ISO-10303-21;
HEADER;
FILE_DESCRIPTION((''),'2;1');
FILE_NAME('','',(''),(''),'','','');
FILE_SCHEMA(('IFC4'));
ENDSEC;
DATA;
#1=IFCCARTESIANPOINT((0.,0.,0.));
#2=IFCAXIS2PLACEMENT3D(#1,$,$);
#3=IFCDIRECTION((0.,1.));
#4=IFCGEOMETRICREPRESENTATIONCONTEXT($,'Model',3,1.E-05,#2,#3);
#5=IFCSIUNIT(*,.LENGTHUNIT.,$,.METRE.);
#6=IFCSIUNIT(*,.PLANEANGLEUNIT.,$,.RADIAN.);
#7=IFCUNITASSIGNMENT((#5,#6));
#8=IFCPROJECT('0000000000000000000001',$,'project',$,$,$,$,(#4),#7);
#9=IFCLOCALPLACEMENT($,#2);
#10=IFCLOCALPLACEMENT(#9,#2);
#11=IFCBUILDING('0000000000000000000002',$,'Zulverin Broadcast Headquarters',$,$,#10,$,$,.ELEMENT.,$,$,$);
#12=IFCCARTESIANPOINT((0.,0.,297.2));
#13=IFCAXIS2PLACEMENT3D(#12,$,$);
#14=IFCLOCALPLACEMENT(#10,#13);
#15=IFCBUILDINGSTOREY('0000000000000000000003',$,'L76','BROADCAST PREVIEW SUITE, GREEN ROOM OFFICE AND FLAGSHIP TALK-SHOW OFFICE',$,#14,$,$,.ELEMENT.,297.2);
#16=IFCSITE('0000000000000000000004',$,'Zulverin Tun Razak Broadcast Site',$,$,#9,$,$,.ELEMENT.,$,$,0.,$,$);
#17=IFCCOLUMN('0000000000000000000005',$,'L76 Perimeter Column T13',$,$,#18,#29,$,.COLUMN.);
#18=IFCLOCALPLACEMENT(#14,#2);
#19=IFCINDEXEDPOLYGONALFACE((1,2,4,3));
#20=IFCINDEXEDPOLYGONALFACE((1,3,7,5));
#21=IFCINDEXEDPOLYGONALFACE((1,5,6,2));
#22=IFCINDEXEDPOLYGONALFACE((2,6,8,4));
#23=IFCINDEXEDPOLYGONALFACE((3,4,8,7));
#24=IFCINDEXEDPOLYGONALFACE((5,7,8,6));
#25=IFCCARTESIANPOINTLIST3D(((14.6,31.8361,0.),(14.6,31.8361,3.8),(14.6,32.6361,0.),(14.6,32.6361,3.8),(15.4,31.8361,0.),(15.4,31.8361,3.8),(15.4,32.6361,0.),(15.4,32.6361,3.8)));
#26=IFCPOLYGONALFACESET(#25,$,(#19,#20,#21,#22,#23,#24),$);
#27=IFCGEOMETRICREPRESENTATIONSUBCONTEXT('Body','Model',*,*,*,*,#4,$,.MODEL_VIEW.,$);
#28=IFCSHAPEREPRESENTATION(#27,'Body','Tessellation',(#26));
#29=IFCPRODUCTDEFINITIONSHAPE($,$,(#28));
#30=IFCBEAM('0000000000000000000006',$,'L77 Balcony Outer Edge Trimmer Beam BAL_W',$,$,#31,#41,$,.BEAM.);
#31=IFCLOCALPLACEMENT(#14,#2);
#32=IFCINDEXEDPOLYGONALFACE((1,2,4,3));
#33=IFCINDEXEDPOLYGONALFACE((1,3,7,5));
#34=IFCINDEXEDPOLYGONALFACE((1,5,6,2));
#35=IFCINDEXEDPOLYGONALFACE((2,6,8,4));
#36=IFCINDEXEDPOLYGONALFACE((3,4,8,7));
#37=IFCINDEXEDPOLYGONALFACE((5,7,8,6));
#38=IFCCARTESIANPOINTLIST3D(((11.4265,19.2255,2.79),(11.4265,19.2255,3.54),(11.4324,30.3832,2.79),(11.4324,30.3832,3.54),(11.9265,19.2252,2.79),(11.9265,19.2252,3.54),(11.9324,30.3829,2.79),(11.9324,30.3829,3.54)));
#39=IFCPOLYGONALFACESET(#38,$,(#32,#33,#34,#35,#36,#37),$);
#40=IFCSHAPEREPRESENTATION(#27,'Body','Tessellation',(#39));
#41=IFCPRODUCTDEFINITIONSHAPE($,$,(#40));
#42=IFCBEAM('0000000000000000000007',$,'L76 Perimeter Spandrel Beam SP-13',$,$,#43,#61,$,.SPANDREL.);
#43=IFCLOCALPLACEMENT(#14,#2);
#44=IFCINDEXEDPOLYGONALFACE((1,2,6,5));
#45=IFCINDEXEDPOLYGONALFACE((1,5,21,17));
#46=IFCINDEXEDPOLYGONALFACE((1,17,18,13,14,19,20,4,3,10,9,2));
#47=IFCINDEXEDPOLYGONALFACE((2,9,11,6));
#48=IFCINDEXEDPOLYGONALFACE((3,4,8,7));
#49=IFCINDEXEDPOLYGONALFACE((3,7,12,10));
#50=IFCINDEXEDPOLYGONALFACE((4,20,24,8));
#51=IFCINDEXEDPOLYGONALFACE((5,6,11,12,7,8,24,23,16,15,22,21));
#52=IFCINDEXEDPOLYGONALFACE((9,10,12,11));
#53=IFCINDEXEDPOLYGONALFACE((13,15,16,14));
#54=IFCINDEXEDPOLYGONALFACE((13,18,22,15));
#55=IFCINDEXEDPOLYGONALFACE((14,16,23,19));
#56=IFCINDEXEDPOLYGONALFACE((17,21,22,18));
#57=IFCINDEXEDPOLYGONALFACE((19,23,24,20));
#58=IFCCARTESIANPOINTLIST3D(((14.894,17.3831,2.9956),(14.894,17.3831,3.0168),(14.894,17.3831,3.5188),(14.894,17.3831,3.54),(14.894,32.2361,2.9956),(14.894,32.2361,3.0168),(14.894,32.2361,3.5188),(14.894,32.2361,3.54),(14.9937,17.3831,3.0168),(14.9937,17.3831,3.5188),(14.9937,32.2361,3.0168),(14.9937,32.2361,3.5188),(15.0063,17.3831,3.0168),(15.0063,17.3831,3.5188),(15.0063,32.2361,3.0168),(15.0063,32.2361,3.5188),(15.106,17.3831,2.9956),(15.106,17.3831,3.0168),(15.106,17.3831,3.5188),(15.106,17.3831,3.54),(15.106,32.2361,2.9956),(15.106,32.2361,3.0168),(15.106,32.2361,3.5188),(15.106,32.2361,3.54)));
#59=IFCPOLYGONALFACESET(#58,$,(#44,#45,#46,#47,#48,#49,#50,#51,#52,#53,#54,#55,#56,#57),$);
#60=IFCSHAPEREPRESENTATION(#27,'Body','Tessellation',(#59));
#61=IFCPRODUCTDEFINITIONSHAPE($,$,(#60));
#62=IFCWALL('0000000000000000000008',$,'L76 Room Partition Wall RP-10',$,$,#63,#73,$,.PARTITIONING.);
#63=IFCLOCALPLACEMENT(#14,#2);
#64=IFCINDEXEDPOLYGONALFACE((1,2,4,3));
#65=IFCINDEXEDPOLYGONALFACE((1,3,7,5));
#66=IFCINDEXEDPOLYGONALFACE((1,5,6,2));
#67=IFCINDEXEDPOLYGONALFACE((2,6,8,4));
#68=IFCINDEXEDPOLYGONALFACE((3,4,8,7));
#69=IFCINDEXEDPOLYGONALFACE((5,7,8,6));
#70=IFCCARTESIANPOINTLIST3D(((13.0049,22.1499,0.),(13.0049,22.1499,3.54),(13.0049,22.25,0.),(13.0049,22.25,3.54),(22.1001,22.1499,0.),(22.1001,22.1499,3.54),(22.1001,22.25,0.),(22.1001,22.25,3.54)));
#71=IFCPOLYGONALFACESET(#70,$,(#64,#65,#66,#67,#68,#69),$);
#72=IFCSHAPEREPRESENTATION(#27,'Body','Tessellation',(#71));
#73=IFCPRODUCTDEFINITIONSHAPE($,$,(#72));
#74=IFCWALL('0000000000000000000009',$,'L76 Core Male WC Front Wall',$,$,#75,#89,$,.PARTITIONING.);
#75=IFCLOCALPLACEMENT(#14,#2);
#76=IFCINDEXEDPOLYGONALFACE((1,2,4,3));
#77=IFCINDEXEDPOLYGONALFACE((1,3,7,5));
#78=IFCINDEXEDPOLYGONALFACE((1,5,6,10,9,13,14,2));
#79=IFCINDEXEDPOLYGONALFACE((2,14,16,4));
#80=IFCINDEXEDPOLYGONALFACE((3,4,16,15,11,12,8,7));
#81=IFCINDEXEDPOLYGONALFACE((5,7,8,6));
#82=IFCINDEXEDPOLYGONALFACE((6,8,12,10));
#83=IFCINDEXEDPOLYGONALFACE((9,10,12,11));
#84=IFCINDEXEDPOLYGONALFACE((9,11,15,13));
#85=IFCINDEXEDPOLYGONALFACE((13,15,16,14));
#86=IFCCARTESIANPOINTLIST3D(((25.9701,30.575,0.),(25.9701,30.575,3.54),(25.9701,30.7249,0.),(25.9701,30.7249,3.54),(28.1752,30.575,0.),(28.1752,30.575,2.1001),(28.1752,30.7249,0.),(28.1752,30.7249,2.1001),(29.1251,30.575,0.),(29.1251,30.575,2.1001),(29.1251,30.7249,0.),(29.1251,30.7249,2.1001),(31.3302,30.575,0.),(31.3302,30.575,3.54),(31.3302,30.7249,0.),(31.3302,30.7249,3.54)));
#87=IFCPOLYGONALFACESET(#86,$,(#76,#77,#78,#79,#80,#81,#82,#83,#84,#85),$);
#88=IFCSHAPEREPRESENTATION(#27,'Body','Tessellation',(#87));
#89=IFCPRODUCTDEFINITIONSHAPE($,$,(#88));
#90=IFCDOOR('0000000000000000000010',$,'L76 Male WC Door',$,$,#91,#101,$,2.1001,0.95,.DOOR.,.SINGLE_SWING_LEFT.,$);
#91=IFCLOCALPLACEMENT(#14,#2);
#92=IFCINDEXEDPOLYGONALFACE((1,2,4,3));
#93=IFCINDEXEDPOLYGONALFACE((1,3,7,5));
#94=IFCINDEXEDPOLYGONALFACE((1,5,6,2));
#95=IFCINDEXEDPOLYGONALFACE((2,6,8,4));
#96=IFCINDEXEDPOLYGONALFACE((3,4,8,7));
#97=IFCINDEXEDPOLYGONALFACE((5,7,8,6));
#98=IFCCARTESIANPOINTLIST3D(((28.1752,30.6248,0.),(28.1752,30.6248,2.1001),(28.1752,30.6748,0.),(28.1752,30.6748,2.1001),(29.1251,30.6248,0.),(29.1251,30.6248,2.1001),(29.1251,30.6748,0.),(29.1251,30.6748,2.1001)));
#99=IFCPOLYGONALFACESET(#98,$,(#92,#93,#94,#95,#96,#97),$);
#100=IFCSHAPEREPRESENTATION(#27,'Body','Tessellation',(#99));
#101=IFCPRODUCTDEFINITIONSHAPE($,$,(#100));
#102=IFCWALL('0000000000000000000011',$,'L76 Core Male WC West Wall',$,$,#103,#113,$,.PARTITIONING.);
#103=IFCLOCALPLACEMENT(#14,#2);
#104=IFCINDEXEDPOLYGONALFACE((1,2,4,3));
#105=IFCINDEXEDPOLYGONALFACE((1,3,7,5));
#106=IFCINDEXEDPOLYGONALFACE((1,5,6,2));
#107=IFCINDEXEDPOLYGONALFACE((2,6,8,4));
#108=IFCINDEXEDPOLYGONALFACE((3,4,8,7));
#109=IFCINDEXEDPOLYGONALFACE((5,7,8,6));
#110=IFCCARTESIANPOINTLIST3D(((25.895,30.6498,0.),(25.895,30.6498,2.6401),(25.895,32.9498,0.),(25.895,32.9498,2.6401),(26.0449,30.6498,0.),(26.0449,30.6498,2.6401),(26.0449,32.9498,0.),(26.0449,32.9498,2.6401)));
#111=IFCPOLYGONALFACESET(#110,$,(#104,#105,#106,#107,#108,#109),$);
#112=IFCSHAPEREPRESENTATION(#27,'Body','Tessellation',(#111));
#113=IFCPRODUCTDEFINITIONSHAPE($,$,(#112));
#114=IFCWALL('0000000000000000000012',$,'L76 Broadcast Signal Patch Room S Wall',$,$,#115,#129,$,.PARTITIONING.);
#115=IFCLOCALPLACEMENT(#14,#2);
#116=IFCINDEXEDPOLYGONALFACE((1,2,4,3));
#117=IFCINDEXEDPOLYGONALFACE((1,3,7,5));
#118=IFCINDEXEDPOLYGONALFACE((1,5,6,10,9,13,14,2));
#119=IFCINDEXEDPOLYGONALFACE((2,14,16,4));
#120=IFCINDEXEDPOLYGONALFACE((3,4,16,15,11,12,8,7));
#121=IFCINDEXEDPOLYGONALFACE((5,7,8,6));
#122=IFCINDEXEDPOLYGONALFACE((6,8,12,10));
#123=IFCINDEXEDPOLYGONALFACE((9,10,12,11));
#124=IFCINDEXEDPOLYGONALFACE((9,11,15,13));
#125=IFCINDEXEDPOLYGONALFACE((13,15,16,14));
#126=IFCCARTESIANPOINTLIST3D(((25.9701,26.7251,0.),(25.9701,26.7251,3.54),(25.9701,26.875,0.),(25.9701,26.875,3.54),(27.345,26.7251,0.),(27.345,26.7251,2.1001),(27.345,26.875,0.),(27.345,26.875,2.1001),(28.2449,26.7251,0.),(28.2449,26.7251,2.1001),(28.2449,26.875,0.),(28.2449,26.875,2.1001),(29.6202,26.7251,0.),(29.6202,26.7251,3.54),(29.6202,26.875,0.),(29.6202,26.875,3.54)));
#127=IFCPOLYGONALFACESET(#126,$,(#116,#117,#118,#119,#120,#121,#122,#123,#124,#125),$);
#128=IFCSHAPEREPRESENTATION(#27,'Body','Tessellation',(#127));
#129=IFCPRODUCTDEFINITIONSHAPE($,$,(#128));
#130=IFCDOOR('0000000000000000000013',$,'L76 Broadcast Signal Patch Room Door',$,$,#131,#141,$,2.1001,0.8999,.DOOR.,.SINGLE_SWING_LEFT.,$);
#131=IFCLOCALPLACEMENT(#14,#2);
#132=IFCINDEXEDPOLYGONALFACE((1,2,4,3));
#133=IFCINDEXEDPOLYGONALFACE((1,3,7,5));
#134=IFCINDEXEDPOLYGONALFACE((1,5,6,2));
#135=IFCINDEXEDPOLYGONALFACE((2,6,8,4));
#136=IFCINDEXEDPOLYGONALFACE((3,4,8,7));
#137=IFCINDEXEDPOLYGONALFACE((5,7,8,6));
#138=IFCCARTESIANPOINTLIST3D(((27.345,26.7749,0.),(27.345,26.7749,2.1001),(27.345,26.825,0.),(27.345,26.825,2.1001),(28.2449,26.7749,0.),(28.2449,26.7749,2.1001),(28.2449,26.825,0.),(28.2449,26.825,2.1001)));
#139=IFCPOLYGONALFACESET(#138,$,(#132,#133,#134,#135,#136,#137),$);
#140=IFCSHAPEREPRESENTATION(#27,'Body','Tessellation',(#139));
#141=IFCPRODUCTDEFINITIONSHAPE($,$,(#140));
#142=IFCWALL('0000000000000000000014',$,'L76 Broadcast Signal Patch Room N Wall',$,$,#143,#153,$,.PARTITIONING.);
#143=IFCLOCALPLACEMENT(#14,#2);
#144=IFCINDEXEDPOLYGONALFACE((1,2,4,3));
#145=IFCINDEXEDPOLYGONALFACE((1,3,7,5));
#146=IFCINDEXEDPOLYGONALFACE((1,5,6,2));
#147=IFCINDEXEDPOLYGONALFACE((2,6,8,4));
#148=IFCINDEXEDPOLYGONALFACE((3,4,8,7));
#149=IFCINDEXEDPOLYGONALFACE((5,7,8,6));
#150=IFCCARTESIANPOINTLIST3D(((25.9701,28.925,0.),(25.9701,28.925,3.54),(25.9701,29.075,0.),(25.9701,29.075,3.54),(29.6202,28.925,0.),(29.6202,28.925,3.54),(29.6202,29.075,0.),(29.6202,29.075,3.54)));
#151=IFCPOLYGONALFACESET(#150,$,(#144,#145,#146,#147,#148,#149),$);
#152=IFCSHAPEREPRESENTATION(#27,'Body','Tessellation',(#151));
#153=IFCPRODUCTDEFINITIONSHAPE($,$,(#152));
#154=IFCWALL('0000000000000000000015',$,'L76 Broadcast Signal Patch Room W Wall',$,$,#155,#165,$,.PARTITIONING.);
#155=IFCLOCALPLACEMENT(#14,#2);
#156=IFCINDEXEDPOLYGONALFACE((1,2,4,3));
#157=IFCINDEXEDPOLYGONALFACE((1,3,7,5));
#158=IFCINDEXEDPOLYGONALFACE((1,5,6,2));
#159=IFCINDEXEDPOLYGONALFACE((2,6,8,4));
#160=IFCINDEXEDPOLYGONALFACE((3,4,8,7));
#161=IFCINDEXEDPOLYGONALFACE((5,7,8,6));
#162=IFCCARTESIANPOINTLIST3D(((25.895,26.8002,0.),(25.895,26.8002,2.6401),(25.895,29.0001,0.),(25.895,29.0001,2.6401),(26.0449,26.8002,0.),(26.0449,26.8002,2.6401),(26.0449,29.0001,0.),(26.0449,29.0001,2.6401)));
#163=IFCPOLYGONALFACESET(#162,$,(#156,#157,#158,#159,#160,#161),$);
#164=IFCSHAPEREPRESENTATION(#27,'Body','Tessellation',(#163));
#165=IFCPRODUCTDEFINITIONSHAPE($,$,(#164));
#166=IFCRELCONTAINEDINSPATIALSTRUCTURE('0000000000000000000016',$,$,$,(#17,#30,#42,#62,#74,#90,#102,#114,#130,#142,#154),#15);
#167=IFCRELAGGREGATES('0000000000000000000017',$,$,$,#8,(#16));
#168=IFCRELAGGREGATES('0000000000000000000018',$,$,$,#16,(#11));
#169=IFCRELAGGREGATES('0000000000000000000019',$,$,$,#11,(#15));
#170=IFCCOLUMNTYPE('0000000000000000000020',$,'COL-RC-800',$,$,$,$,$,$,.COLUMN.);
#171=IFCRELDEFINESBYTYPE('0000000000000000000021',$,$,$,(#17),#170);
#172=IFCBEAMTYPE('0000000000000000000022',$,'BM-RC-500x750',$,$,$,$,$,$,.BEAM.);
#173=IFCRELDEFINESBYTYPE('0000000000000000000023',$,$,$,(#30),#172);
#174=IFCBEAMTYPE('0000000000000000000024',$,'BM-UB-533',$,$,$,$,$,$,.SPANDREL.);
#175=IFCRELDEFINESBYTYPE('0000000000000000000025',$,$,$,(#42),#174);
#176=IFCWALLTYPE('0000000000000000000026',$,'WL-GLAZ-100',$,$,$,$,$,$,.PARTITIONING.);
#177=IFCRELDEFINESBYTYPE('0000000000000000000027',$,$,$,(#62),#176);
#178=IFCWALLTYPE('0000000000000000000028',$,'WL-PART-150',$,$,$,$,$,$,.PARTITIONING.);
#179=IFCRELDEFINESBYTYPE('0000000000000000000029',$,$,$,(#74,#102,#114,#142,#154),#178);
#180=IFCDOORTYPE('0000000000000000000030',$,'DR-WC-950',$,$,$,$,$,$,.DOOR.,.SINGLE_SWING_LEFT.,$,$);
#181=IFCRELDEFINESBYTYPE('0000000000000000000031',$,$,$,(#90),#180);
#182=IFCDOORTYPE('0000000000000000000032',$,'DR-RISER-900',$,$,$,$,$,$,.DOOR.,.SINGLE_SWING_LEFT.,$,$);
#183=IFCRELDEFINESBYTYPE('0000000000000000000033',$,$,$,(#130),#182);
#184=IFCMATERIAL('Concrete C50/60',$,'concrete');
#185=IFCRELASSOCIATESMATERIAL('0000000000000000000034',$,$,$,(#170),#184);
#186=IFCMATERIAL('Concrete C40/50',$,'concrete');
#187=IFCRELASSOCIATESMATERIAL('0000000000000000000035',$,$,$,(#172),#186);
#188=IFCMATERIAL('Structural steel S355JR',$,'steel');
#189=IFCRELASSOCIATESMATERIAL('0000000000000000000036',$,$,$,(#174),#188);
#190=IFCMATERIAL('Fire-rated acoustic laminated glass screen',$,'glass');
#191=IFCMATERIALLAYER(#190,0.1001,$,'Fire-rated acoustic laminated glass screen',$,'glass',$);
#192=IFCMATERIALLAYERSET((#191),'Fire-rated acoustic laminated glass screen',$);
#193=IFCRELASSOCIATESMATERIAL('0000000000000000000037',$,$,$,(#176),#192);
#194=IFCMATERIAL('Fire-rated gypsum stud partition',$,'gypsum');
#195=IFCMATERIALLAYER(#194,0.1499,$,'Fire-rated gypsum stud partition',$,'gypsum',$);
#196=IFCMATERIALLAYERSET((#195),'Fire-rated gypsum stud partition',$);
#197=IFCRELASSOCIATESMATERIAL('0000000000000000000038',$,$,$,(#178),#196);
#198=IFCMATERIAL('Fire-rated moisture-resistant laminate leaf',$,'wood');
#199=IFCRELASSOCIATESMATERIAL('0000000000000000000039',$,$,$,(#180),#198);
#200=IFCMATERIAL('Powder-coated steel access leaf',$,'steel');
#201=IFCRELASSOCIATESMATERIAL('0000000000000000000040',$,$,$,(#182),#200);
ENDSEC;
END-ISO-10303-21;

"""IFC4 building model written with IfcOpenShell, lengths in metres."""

from ifc_helpers import new_model, si_unit, direction, frame, frame_2d, origin, origin_2d, place, context, subcontext, project, spatial, rectangle, i_section, extrude, material, layer, layer_set, material_profile, profile_set, type_object, element, fill, save


model = new_model("IFC4")

# Units and contexts
model_context = context("Model", 3, precision=1e-05, world=origin(), true_north=direction((0.0, 1.0)))
body_context = subcontext(model_context, "Body", "Model", "MODEL_VIEW")
ifc_project = project(units=[si_unit("LENGTHUNIT", "METRE"), si_unit("PLANEANGLEUNIT", "RADIAN")], contexts=[model_context])

# Site, building, storey
site_placement = place(None, origin())
site = spatial("IfcSite", under=ifc_project, at=site_placement, Name="Zulverin Tun Razak Broadcast Site", CompositionType="ELEMENT", RefElevation=0.0)
building_placement = place(site_placement, origin())
building = spatial("IfcBuilding", under=site, at=building_placement, Name="Zulverin Broadcast Headquarters", CompositionType="ELEMENT")
storey_placement = place(building_placement, frame((0.0, 0.0, 297.2)))
storey = spatial("IfcBuildingStorey", under=building, at=storey_placement, Name="L76", Description="BROADCAST PREVIEW SUITE, GREEN ROOM OFFICE AND FLAGSHIP TALK-SHOW OFFICE", CompositionType="ELEMENT", Elevation=297.2)

# Column
ifc_material_1 = material(Name="Concrete C50/60", Category="concrete")
ifc_material_profile_1 = material_profile(ifc_material_1, rectangle(XDim=0.8, YDim=0.8, at=origin_2d()), Name="Concrete C50/60", Category="concrete")
ifc_profile_set_1 = profile_set([ifc_material_profile_1], Name="Concrete C50/60")
column_type = type_object("IfcColumnType", Name="COL-RC-800", PredefinedType="COLUMN", material=ifc_profile_set_1)
column_placement = place(storey_placement, frame((15.0, 32.2361, 0.0), z_axis=(0.0, 0.0, 1.0), x_axis=(1.0, 0.0, 0.0)))
element("IfcColumn", 1, at=column_placement, inside=storey, type_object=column_type, Name="L76 Perimeter Column T13", PredefinedType="COLUMN", context=body_context, shape_type="SweptSolid", body=[
    extrude(rectangle(XDim=0.8, YDim=0.8, at=origin_2d()), origin(), (0.0, 0.0, 1.0), 3.8),
])

# Beams
ifc_material_2 = material(Name="Concrete C40/50", Category="concrete")
ifc_material_profile_2 = material_profile(ifc_material_2, rectangle(XDim=0.5, YDim=0.75, at=origin_2d()), Name="Concrete C40/50", Category="concrete")
ifc_profile_set_2 = profile_set([ifc_material_profile_2], Name="Concrete C40/50")
beam_type_1 = type_object("IfcBeamType", Name="BM-RC-500x750", PredefinedType="BEAM", material=ifc_profile_set_2)
beam_1_placement = place(storey_placement, frame((11.6824, 30.3831, 3.165), z_axis=(-0.000525, -1.0, 0.0), x_axis=(1.0, -0.000525, 0.0)))
element("IfcBeam", 2, at=beam_1_placement, inside=storey, type_object=beam_type_1, Name="L77 Balcony Outer Edge Trimmer Beam BAL_W", PredefinedType="BEAM", context=body_context, shape_type="SweptSolid", body=[
    extrude(rectangle(XDim=0.5, YDim=0.75, at=origin_2d()), origin(), (0.0, 0.0, 1.0), 11.1577),
])
ifc_material_3 = material(Name="Structural steel S355JR", Category="steel")
ifc_material_profile_3 = material_profile(ifc_material_3, i_section(OverallWidth=0.2119, OverallDepth=0.5444, WebThickness=0.0127, FlangeThickness=0.0212, at=origin_2d()), Name="Structural steel S355JR", Category="steel")
ifc_profile_set_3 = profile_set([ifc_material_profile_3], Name="Structural steel S355JR")
beam_type_2 = type_object("IfcBeamType", Name="BM-UB-533", PredefinedType="SPANDREL", material=ifc_profile_set_3)
beam_2_placement = place(storey_placement, frame((15.0, 32.2361, 3.2678), z_axis=(0.0, -1.0, 0.0), x_axis=(1.0, 0.0, 0.0)))
element("IfcBeam", 3, at=beam_2_placement, inside=storey, type_object=beam_type_2, Name="L76 Perimeter Spandrel Beam SP-13", PredefinedType="SPANDREL", context=body_context, shape_type="SweptSolid", body=[
    extrude(i_section(OverallWidth=0.2119, OverallDepth=0.5444, WebThickness=0.0127, FlangeThickness=0.0212, at=origin_2d()), origin(), (0.0, 0.0, 1.0), 14.853),
])

# Wall
ifc_material_4 = material(Name="Fire-rated acoustic laminated glass screen", Category="glass")
ifc_layer_1 = layer(ifc_material_4, 0.1001, Name="Fire-rated acoustic laminated glass screen", Category="glass")
ifc_layer_set_1 = layer_set([ifc_layer_1], Name="Fire-rated acoustic laminated glass screen")
wall_type_1 = type_object("IfcWallType", Name="WL-GLAZ-100", PredefinedType="PARTITIONING", material=ifc_layer_set_1)
wall_1_placement = place(storey_placement, frame((13.0049, 22.2, 0.0), z_axis=(0.0, 0.0, 1.0), x_axis=(1.0, 0.0, 0.0)))
element("IfcWall", 4, at=wall_1_placement, inside=storey, type_object=wall_type_1, Name="L76 Room Partition Wall RP-10", PredefinedType="PARTITIONING", context=body_context, shape_type="SweptSolid", body=[
    extrude(rectangle(XDim=9.0952, YDim=0.1001, at=frame_2d((4.5476, 0.0))), origin(), (0.0, 0.0, 1.0), 3.54),
])

# Wall, opening, door
ifc_material_5 = material(Name="Fire-rated gypsum stud partition", Category="gypsum")
ifc_layer_2 = layer(ifc_material_5, 0.1499, Name="Fire-rated gypsum stud partition", Category="gypsum")
ifc_layer_set_2 = layer_set([ifc_layer_2], Name="Fire-rated gypsum stud partition")
wall_type_2 = type_object("IfcWallType", Name="WL-PART-150", PredefinedType="PARTITIONING", material=ifc_layer_set_2)
wall_2_placement = place(storey_placement, frame((25.97, 30.6499, 0.0), z_axis=(0.0, 0.0, 1.0), x_axis=(1.0, 0.0, 0.0)))
wall_2 = element("IfcWall", 5, at=wall_2_placement, inside=storey, type_object=wall_type_2, Name="L76 Core Male WC Front Wall", PredefinedType="PARTITIONING", context=body_context, shape_type="SweptSolid", body=[
    extrude(rectangle(XDim=5.3601, YDim=0.1499, at=frame_2d((2.6802, 0.0))), origin(), (0.0, 0.0, 1.0), 3.54),
])
opening_1_placement = place(wall_2_placement, frame((2.2051, 0.0, 0.0)))
opening_1 = element("IfcOpeningElement", 6, at=opening_1_placement, cuts=wall_2, PredefinedType="OPENING", context=body_context, shape_type="SweptSolid", body=[
    extrude(rectangle(XDim=0.95, YDim=2.1001, at=frame_2d((0.4751, 1.05))), frame((0.0, 0.085, 0.0), z_axis=(0.0, -1.0, 0.0), x_axis=(1.0, 0.0, 0.0)), (0.0, 0.0, 1.0), 0.1699),
])
ifc_material_6 = material(Name="Fire-rated moisture-resistant laminate leaf", Category="wood")
door_type_1 = type_object("IfcDoorType", Name="DR-WC-950", OperationType="SINGLE_SWING_LEFT", PredefinedType="DOOR", material=ifc_material_6)
door_1_placement = place(opening_1_placement, origin())
door_1 = element("IfcDoor", 7, at=door_1_placement, inside=storey, type_object=door_type_1, Name="L76 Male WC Door", OperationType="SINGLE_SWING_LEFT", OverallHeight=2.1001, OverallWidth=0.95, PredefinedType="DOOR", context=body_context, shape_type="SweptSolid", body=[
    extrude(rectangle(XDim=0.95, YDim=2.1001, at=frame_2d((0.4751, 1.05))), frame((0.0, 0.0249, 0.0), z_axis=(0.0, -1.0, 0.0), x_axis=(1.0, 0.0, 0.0)), (0.0, 0.0, 1.0), 0.05),
])
fill(opening_1, door_1)

# Wall
wall_3_placement = place(storey_placement, frame((25.97, 30.6499, 0.0), z_axis=(0.0, 0.0, 1.0), x_axis=(0.0, 1.0, 0.0)))
element("IfcWall", 8, at=wall_3_placement, inside=storey, type_object=wall_type_2, Name="L76 Core Male WC West Wall", PredefinedType="PARTITIONING", context=body_context, shape_type="SweptSolid", body=[
    extrude(rectangle(XDim=2.3, YDim=0.1499, at=frame_2d((1.1499, 0.0))), origin(), (0.0, 0.0, 1.0), 2.6401),
])

# Wall, opening, door
wall_4_placement = place(storey_placement, frame((25.97, 26.8, 0.0), z_axis=(0.0, 0.0, 1.0), x_axis=(1.0, 0.0, 0.0)))
wall_4 = element("IfcWall", 9, at=wall_4_placement, inside=storey, type_object=wall_type_2, Name="L76 Broadcast Signal Patch Room S Wall", PredefinedType="PARTITIONING", context=body_context, shape_type="SweptSolid", body=[
    extrude(rectangle(XDim=3.6501, YDim=0.1499, at=frame_2d((1.8252, 0.0))), origin(), (0.0, 0.0, 1.0), 3.54),
])
opening_2_placement = place(wall_4_placement, frame((1.375, 0.0, 0.0)))
opening_2 = element("IfcOpeningElement", 10, at=opening_2_placement, cuts=wall_4, PredefinedType="OPENING", context=body_context, shape_type="SweptSolid", body=[
    extrude(rectangle(XDim=0.8999, YDim=2.1001, at=frame_2d((0.45, 1.05))), frame((0.0, 0.085, 0.0), z_axis=(0.0, -1.0, 0.0), x_axis=(1.0, 0.0, 0.0)), (0.0, 0.0, 1.0), 0.1699),
])
ifc_material_7 = material(Name="Powder-coated steel access leaf", Category="steel")
door_type_2 = type_object("IfcDoorType", Name="DR-RISER-900", OperationType="SINGLE_SWING_LEFT", PredefinedType="DOOR", material=ifc_material_7)
door_2_placement = place(opening_2_placement, origin())
door_2 = element("IfcDoor", 11, at=door_2_placement, inside=storey, type_object=door_type_2, Name="L76 Broadcast Signal Patch Room Door", OperationType="SINGLE_SWING_LEFT", OverallHeight=2.1001, OverallWidth=0.8999, PredefinedType="DOOR", context=body_context, shape_type="SweptSolid", body=[
    extrude(rectangle(XDim=0.8999, YDim=2.1001, at=frame_2d((0.45, 1.05))), frame((0.0, 0.0249, 0.0), z_axis=(0.0, -1.0, 0.0), x_axis=(1.0, 0.0, 0.0)), (0.0, 0.0, 1.0), 0.05),
])
fill(opening_2, door_2)

# Walls
wall_5_placement = place(storey_placement, frame((25.97, 29.0, 0.0), z_axis=(0.0, 0.0, 1.0), x_axis=(1.0, 0.0, 0.0)))
element("IfcWall", 12, at=wall_5_placement, inside=storey, type_object=wall_type_2, Name="L76 Broadcast Signal Patch Room N Wall", PredefinedType="PARTITIONING", context=body_context, shape_type="SweptSolid", body=[
    extrude(rectangle(XDim=3.6501, YDim=0.1499, at=frame_2d((1.8252, 0.0))), origin(), (0.0, 0.0, 1.0), 3.54),
])
wall_6_placement = place(storey_placement, frame((25.97, 26.8, 0.0), z_axis=(0.0, 0.0, 1.0), x_axis=(0.0, 1.0, 0.0)))
element("IfcWall", 13, at=wall_6_placement, inside=storey, type_object=wall_type_2, Name="L76 Broadcast Signal Patch Room W Wall", PredefinedType="PARTITIONING", context=body_context, shape_type="SweptSolid", body=[
    extrude(rectangle(XDim=2.2, YDim=0.1499, at=frame_2d((1.1001, 0.0))), origin(), (0.0, 0.0, 1.0), 2.6401),
])

save(model, "model.ifc")
